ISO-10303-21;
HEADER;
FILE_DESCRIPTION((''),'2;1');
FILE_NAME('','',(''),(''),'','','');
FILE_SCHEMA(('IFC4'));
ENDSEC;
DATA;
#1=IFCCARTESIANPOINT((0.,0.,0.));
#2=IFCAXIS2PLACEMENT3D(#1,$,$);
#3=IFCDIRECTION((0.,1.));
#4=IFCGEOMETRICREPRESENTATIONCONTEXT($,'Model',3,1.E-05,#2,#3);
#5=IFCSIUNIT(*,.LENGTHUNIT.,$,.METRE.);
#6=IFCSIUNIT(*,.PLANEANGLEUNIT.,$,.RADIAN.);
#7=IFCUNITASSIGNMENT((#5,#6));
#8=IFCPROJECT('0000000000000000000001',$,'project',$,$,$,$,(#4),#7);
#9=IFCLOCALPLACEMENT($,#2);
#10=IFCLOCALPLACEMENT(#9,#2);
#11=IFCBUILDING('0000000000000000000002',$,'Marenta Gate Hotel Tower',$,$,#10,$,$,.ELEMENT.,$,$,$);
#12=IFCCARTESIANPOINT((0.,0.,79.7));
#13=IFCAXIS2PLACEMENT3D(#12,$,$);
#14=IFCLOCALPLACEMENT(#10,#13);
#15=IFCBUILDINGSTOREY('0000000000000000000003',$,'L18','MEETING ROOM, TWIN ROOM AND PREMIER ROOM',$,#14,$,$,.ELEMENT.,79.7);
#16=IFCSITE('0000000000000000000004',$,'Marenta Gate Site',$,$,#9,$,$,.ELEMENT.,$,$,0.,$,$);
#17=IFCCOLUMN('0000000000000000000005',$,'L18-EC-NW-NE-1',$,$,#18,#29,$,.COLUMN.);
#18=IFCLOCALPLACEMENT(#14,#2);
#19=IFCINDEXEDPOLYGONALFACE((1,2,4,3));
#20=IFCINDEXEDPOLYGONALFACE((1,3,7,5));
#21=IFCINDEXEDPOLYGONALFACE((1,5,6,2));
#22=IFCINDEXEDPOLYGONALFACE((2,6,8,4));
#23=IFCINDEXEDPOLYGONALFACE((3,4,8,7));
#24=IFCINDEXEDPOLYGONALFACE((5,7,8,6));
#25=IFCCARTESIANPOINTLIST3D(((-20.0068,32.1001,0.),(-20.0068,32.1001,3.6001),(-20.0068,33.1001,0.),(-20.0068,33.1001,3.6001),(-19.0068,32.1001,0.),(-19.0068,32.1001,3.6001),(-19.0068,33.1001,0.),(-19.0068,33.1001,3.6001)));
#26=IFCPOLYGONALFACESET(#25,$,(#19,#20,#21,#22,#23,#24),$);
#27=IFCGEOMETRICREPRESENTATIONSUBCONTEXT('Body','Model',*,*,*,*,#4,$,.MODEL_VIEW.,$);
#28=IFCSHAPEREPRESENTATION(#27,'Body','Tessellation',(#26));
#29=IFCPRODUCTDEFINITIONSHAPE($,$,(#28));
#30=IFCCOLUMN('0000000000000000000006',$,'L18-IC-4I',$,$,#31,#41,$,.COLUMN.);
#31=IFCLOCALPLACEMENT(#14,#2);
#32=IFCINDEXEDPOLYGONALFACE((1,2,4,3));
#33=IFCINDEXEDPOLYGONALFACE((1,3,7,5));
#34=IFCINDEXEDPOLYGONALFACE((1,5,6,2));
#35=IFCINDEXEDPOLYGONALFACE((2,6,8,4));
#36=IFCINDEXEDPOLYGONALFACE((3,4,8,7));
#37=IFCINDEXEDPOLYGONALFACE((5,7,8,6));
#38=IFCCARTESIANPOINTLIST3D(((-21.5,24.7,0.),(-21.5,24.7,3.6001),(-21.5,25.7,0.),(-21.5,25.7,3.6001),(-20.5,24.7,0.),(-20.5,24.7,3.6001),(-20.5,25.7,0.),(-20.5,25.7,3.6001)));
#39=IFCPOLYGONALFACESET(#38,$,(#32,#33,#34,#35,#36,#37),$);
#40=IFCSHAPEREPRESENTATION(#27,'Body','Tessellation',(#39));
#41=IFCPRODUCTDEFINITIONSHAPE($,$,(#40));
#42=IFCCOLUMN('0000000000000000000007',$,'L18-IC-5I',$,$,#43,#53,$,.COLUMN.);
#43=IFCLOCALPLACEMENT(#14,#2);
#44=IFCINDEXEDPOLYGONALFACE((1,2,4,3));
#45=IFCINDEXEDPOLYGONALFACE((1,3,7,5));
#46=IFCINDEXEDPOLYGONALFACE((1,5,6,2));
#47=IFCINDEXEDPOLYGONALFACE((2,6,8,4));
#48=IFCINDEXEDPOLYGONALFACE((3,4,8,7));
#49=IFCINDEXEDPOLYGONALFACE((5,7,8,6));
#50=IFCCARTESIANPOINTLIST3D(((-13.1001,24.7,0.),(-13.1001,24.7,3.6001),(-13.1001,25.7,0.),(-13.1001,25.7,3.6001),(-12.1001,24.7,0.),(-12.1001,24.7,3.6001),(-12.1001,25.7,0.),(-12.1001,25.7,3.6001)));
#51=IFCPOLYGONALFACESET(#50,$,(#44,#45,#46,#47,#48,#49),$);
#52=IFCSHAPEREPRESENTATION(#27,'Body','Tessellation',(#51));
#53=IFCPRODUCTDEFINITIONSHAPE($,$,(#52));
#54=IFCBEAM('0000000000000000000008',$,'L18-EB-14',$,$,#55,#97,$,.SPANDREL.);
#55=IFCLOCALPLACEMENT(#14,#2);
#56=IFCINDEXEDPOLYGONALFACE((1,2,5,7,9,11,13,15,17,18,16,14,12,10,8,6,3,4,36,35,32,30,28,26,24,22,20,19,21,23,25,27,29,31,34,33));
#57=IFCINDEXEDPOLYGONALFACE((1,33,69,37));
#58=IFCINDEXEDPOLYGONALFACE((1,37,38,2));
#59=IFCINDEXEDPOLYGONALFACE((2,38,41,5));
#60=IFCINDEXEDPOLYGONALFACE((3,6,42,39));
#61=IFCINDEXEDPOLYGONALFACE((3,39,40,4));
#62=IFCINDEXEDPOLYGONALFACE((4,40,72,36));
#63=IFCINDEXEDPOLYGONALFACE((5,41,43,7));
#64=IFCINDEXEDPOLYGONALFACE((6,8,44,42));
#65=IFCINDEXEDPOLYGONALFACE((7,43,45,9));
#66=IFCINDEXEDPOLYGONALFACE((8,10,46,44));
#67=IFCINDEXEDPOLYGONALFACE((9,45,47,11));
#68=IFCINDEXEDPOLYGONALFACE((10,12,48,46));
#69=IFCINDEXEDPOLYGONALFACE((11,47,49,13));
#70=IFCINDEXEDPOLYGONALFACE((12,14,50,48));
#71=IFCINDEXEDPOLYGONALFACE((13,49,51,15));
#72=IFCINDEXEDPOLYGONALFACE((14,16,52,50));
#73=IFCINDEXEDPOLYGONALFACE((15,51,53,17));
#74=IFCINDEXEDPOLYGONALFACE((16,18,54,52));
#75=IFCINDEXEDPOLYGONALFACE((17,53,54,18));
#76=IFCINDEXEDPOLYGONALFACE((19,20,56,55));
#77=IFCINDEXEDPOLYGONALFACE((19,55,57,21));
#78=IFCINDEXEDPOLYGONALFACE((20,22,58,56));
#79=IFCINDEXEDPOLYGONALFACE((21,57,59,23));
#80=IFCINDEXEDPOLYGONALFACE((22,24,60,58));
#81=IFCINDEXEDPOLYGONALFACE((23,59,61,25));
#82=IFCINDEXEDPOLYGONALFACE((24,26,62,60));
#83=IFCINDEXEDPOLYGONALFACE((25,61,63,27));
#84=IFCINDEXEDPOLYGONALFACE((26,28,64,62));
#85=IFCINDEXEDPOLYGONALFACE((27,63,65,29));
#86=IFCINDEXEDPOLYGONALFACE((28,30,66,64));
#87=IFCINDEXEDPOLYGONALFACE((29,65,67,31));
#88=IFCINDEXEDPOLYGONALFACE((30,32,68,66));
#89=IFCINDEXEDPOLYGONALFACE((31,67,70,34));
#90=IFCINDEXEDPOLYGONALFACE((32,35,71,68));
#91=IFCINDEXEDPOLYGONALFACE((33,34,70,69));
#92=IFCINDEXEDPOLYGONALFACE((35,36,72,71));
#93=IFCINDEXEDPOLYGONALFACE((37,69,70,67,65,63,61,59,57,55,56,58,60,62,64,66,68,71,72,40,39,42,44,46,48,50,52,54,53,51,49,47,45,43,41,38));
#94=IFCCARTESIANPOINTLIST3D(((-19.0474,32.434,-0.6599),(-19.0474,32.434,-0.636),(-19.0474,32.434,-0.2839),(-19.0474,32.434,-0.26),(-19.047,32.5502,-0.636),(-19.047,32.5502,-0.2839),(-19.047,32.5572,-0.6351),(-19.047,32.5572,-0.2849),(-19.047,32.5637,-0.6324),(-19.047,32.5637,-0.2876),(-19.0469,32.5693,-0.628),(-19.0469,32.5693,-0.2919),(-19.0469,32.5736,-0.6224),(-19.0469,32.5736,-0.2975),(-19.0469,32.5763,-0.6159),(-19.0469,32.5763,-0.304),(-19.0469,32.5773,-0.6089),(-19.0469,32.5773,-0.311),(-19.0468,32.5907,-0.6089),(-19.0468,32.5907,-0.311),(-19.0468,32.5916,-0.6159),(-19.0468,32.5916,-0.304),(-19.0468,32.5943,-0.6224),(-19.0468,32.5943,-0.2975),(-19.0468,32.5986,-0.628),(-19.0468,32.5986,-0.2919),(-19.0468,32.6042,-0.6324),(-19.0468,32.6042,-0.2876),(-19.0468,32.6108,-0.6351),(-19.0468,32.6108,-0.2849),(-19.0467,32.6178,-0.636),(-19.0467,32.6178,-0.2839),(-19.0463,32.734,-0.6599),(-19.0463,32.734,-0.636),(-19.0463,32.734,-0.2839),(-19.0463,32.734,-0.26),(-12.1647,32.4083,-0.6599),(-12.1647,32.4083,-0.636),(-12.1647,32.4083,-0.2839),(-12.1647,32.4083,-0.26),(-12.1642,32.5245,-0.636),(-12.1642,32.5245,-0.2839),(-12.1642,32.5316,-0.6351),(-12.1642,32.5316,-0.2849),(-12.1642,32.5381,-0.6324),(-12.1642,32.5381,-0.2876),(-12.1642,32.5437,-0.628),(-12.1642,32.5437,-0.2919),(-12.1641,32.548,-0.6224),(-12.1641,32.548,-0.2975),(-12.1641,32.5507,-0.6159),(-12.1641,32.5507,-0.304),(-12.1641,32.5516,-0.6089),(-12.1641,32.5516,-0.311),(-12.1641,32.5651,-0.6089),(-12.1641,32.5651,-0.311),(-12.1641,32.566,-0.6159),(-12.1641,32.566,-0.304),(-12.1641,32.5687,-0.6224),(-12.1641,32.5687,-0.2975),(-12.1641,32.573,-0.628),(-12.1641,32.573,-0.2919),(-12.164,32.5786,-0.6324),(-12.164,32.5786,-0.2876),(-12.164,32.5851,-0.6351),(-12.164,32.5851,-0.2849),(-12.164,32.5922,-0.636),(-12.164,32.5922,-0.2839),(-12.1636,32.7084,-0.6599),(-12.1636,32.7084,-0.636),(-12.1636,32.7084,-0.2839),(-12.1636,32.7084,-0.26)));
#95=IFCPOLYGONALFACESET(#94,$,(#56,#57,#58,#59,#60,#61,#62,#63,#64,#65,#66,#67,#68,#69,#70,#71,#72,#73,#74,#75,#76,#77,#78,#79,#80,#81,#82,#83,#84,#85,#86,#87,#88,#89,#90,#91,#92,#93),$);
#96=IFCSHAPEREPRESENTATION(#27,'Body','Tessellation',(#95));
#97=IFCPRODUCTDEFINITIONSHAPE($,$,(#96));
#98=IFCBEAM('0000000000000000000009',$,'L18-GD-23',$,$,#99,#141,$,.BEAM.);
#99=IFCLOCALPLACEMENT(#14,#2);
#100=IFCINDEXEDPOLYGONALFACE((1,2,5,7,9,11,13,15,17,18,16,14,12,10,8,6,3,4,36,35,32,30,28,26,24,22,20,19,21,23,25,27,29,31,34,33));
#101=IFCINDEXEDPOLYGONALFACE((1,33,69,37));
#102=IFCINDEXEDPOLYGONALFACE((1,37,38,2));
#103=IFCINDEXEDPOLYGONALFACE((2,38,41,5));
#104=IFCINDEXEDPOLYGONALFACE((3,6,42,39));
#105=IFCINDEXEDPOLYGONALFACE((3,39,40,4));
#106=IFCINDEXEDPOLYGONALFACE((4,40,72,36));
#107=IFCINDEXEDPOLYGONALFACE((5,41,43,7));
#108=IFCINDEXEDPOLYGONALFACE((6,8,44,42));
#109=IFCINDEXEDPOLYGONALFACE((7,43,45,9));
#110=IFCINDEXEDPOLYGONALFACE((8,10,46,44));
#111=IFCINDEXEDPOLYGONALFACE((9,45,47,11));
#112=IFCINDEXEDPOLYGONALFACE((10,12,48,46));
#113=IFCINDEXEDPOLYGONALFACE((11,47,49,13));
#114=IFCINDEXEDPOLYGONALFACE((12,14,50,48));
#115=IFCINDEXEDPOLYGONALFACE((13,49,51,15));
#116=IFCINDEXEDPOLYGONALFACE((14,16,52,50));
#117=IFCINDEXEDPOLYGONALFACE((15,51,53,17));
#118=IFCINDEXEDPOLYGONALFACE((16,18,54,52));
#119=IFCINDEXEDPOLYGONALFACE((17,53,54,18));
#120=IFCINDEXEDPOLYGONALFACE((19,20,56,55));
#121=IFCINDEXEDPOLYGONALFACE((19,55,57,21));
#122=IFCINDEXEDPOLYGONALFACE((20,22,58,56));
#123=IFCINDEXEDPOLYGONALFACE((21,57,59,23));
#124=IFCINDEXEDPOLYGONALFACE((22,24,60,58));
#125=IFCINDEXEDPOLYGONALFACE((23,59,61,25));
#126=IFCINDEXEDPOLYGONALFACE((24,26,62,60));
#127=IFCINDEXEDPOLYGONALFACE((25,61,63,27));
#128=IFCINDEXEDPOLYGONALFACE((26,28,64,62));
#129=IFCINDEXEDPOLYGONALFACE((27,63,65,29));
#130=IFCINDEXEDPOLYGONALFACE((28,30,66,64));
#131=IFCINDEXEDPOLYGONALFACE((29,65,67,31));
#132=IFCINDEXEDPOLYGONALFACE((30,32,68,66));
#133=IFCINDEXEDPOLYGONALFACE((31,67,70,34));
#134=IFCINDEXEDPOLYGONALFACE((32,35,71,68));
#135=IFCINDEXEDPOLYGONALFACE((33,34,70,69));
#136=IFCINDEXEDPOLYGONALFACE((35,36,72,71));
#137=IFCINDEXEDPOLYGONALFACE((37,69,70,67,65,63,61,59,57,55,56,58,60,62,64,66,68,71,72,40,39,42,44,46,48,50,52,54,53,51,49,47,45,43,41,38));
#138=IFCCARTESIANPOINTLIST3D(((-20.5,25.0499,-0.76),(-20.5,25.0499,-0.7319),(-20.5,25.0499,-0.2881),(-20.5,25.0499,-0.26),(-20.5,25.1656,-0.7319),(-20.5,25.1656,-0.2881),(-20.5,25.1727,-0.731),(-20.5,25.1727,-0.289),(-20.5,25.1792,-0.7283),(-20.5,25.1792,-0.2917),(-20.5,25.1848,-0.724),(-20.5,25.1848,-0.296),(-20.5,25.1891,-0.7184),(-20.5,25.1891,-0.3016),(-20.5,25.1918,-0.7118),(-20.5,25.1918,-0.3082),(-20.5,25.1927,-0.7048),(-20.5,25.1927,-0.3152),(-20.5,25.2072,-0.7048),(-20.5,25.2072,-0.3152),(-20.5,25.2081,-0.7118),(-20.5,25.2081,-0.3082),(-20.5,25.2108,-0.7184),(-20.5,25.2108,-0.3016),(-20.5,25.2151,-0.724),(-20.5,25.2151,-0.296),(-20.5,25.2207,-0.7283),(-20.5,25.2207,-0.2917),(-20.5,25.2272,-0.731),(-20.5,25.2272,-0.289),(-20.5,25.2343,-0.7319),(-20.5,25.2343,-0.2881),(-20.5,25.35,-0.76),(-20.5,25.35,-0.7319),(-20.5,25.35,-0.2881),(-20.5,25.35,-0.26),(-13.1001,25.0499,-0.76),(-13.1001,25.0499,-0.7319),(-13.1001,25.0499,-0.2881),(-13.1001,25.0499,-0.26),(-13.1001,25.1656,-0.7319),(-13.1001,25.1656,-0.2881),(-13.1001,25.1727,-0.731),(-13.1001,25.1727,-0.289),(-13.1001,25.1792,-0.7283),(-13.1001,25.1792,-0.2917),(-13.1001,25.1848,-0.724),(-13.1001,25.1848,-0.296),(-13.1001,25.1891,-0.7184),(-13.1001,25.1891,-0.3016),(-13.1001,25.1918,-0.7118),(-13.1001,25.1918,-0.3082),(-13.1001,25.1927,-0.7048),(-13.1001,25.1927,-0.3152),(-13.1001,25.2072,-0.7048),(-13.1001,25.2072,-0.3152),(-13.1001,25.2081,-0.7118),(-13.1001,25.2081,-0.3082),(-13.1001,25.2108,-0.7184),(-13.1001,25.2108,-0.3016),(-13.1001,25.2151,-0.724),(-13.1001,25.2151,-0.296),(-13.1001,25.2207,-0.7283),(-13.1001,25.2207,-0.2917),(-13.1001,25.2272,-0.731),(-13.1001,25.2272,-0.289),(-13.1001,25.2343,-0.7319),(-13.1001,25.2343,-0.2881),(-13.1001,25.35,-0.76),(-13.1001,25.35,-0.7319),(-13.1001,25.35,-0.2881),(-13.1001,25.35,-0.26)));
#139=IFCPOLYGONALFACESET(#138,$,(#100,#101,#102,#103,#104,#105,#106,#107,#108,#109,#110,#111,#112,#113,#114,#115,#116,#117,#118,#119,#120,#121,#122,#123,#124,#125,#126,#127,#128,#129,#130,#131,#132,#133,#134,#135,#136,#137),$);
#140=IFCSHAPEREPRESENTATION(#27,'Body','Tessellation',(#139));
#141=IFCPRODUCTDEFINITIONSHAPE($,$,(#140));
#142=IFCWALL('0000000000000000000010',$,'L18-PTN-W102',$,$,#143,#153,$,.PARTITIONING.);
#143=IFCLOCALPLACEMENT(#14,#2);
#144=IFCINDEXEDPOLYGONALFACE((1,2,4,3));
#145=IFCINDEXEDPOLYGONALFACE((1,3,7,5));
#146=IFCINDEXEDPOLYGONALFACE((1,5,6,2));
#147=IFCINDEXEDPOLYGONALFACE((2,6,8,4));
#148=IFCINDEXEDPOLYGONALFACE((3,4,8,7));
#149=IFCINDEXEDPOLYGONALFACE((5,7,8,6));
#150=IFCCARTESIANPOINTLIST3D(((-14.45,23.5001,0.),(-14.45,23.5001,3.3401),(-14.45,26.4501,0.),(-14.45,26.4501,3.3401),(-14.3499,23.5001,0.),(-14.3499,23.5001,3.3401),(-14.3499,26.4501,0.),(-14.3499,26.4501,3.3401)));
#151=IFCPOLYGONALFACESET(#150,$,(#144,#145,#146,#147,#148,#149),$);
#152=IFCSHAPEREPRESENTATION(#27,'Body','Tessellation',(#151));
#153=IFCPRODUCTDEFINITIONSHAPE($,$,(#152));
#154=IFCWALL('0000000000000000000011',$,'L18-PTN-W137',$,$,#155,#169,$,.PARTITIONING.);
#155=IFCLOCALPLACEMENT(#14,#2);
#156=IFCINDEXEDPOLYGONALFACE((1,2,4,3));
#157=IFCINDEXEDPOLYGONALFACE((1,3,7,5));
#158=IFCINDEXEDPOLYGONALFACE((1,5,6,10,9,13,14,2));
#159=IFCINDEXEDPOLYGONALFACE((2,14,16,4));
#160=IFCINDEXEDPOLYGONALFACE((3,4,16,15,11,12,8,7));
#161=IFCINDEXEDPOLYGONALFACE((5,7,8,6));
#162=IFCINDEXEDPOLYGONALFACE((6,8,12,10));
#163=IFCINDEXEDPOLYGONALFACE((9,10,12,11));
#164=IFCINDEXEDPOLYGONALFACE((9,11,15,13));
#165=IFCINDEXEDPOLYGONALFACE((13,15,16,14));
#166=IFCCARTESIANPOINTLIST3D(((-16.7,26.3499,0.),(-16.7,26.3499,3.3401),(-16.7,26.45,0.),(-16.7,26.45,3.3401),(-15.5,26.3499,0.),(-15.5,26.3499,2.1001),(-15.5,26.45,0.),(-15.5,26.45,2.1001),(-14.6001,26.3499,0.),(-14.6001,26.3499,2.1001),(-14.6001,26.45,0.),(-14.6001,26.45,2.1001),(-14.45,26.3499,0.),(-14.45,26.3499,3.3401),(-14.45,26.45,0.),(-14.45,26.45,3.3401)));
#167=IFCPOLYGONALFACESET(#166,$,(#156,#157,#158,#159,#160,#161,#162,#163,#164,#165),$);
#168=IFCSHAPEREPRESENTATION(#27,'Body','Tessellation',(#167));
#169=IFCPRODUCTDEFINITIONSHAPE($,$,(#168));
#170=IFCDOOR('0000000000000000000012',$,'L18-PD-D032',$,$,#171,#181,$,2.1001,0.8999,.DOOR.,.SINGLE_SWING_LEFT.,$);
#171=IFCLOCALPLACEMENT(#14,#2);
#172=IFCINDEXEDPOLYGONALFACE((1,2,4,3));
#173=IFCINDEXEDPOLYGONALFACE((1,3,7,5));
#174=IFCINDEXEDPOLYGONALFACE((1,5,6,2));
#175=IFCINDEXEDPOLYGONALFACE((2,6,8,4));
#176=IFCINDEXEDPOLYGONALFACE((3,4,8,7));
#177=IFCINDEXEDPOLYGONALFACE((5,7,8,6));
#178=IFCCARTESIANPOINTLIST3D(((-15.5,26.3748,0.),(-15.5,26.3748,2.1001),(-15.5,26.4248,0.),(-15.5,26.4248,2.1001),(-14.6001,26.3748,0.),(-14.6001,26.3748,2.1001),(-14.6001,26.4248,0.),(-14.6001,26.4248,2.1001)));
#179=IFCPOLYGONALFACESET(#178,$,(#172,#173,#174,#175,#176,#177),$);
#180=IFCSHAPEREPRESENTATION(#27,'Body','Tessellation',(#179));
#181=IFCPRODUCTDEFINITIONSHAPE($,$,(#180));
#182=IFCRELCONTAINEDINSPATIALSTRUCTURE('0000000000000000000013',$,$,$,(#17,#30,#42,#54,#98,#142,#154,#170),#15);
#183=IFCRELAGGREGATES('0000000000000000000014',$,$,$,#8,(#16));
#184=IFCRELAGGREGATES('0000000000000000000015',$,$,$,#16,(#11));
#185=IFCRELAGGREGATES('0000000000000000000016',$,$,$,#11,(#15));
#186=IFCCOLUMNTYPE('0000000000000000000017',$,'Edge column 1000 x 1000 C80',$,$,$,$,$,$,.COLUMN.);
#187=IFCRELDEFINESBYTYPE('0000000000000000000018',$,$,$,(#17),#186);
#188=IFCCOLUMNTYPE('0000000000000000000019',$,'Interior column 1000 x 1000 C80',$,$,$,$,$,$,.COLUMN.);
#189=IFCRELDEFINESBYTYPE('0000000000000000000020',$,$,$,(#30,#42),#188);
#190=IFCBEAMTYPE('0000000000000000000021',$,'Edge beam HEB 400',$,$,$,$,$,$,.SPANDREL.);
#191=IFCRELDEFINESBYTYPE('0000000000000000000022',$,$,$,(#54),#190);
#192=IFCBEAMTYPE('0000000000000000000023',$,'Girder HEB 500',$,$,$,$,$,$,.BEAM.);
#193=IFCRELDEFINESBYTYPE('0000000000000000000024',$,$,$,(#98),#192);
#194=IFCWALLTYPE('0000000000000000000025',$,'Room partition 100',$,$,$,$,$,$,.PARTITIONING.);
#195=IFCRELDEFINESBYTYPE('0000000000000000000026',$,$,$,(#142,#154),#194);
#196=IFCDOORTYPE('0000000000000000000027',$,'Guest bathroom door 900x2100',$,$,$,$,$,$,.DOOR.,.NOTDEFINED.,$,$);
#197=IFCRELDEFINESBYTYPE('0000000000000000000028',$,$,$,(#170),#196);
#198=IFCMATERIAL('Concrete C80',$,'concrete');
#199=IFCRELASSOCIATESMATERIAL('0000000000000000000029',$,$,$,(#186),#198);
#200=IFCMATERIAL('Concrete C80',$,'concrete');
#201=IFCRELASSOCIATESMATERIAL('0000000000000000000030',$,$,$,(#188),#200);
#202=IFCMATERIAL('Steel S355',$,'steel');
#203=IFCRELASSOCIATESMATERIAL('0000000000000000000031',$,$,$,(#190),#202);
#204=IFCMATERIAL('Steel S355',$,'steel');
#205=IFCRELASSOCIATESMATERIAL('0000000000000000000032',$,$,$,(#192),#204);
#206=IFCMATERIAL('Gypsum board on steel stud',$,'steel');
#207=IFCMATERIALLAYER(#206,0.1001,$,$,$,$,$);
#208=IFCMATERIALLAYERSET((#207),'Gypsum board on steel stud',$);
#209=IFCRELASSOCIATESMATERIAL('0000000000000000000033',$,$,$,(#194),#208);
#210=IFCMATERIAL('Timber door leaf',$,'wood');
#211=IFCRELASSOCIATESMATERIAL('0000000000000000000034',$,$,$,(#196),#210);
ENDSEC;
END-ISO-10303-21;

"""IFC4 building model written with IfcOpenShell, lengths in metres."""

from ifc_helpers import new_model, si_unit, direction, frame, frame_2d, origin, origin_2d, place, context, subcontext, project, spatial, rectangle, i_section, extrude, material, layer, layer_set, material_profile, profile_set, type_object, element, fill, save


model = new_model("IFC4")

# Units and contexts
model_context = context("Model", 3, precision=1e-05, world=origin(), true_north=direction((0.0, 1.0)))
body_context = subcontext(model_context, "Body", "Model", "MODEL_VIEW")
ifc_project = project(units=[si_unit("LENGTHUNIT", "METRE"), si_unit("PLANEANGLEUNIT", "RADIAN")], contexts=[model_context])

# Site, building, storey
site_placement = place(None, origin())
site = spatial("IfcSite", under=ifc_project, at=site_placement, Name="Marenta Gate Site", CompositionType="ELEMENT", RefElevation=0.0)
building_placement = place(site_placement, origin())
building = spatial("IfcBuilding", under=site, at=building_placement, Name="Marenta Gate Hotel Tower", CompositionType="ELEMENT")
storey_placement = place(building_placement, frame((0.0, 0.0, 79.7)))
storey = spatial("IfcBuildingStorey", under=building, at=storey_placement, Name="L18", Description="MEETING ROOM, TWIN ROOM AND PREMIER ROOM", CompositionType="ELEMENT", Elevation=79.7)

# Columns
ifc_material_1 = material(Name="Concrete C80", Category="concrete")
ifc_material_profile_1 = material_profile(ifc_material_1, rectangle(XDim=1.0, YDim=1.0, at=origin_2d()), Name="1000 x 1000")
ifc_profile_set_1 = profile_set([ifc_material_profile_1], Name="Concrete C80")
column_type_1 = type_object("IfcColumnType", Name="Edge column 1000 x 1000 C80", PredefinedType="COLUMN", material=ifc_profile_set_1)
column_placement = place(storey_placement, frame((-19.5068, 32.6001, 0.0), z_axis=(0.0, 0.0, 1.0), x_axis=(1.0, 0.0, 0.0)))
element("IfcColumn", 1, at=column_placement, inside=storey, type_object=column_type_1, Name="L18-EC-NW-NE-1", PredefinedType="COLUMN", context=body_context, shape_type="SweptSolid", body=[
    extrude(rectangle(XDim=1.0, YDim=1.0, at=origin_2d()), origin(), (0.0, 0.0, 1.0), 3.6001),
])
ifc_material_2 = material(Name="Concrete C80", Category="concrete")
ifc_material_profile_2 = material_profile(ifc_material_2, rectangle(XDim=1.0, YDim=1.0, at=origin_2d()), Name="1000 x 1000")
ifc_profile_set_2 = profile_set([ifc_material_profile_2], Name="Concrete C80")
column_type_2 = type_object("IfcColumnType", Name="Interior column 1000 x 1000 C80", PredefinedType="COLUMN", material=ifc_profile_set_2)
for number, where, z_axis, x_axis, name in (
    (2, (-21.0, 25.2, 0.0), (0.0, 0.0, 1.0), (1.0, 0.0, 0.0), "L18-IC-4I"),
    (3, (-12.6001, 25.2, 0.0), (0.0, 0.0, 1.0), (1.0, 0.0, 0.0), "L18-IC-5I"),
):
    element("IfcColumn", number, at=place(storey_placement, frame(where, z_axis=z_axis, x_axis=x_axis)), inside=storey, type_object=column_type_2, Name=name, PredefinedType="COLUMN", context=body_context, shape_type="SweptSolid", body=[
        extrude(rectangle(XDim=1.0, YDim=1.0, at=origin_2d()), origin(), (0.0, 0.0, 1.0), 3.6001),
    ])

# Beams
ifc_material_3 = material(Name="Steel S355", Category="steel")
ifc_material_profile_3 = material_profile(ifc_material_3, i_section(OverallWidth=0.3, OverallDepth=0.3999, WebThickness=0.0134, FlangeThickness=0.0239, FilletRadius=0.0271, at=origin_2d()), Name="HEB 400")
ifc_profile_set_3 = profile_set([ifc_material_profile_3], Name="Steel S355")
beam_type_1 = type_object("IfcBeamType", Name="Edge beam HEB 400", PredefinedType="SPANDREL", material=ifc_profile_set_3)
beam_1_placement = place(storey_placement, frame((-19.0469, 32.584, -0.46), z_axis=(0.999993, -0.003724, 0.0), x_axis=(0.003724, 0.999993, 0.0)))
element("IfcBeam", 4, at=beam_1_placement, inside=storey, type_object=beam_type_1, Name="L18-EB-14", PredefinedType="SPANDREL", context=body_context, shape_type="SweptSolid", body=[
    extrude(i_section(OverallWidth=0.3, OverallDepth=0.3999, WebThickness=0.0134, FlangeThickness=0.0239, FilletRadius=0.0271, at=origin_2d()), origin(), (0.0, 0.0, 1.0), 6.8828),
])
ifc_material_4 = material(Name="Steel S355", Category="steel")
ifc_material_profile_4 = material_profile(ifc_material_4, i_section(OverallWidth=0.3, OverallDepth=0.5, WebThickness=0.0144, FlangeThickness=0.0281, FilletRadius=0.0271, at=origin_2d()), Name="HEB 500")
ifc_profile_set_4 = profile_set([ifc_material_profile_4], Name="Steel S355")
beam_type_2 = type_object("IfcBeamType", Name="Girder HEB 500", PredefinedType="BEAM", material=ifc_profile_set_4)
beam_2_placement = place(storey_placement, frame((-20.5, 25.2, -0.51), z_axis=(1.0, 0.0, 0.0), x_axis=(0.0, 1.0, 0.0)))
element("IfcBeam", 5, at=beam_2_placement, inside=storey, type_object=beam_type_2, Name="L18-GD-23", PredefinedType="BEAM", context=body_context, shape_type="SweptSolid", body=[
    extrude(i_section(OverallWidth=0.3, OverallDepth=0.5, WebThickness=0.0144, FlangeThickness=0.0281, FilletRadius=0.0271, at=origin_2d()), origin(), (0.0, 0.0, 1.0), 7.3999),
])

# Wall
ifc_material_5 = material(Name="Gypsum board on steel stud", Category="steel")
ifc_layer_1 = layer(ifc_material_5, 0.1001)
ifc_layer_set_1 = layer_set([ifc_layer_1], Name="Gypsum board on steel stud")
wall_type_1 = type_object("IfcWallType", Name="Room partition 100", PredefinedType="PARTITIONING", material=ifc_layer_set_1)
wall_1_placement = place(storey_placement, frame((-14.3999, 23.5, 0.0), z_axis=(0.0, 0.0, 1.0), x_axis=(0.0, 1.0, 0.0)))
element("IfcWall", 6, at=wall_1_placement, inside=storey, type_object=wall_type_1, Name="L18-PTN-W102", PredefinedType="PARTITIONING", context=body_context, shape_type="SweptSolid", body=[
    extrude(rectangle(XDim=2.95, YDim=0.1001, at=frame_2d((1.4751, 0.0))), origin(), (0.0, 0.0, 1.0), 3.3401),
])

# Wall, opening, door
wall_2_placement = place(storey_placement, frame((-16.7, 26.3999, 0.0), z_axis=(0.0, 0.0, 1.0), x_axis=(1.0, 0.0, 0.0)))
wall_2 = element("IfcWall", 7, at=wall_2_placement, inside=storey, type_object=wall_type_1, Name="L18-PTN-W137", PredefinedType="PARTITIONING", context=body_context, shape_type="SweptSolid", body=[
    extrude(rectangle(XDim=2.25, YDim=0.1001, at=frame_2d((1.125, 0.0))), origin(), (0.0, 0.0, 1.0), 3.3401),
])
opening_placement = place(wall_2_placement, frame((1.2, 0.0, 0.0)))
opening = element("IfcOpeningElement", 8, at=opening_placement, cuts=wall_2, PredefinedType="OPENING", context=body_context, shape_type="SweptSolid", body=[
    extrude(rectangle(XDim=0.8999, YDim=2.1001, at=frame_2d((0.45, 1.05))), frame((0.0, 0.05, 0.0), z_axis=(0.0, -1.0, 0.0), x_axis=(1.0, 0.0, 0.0)), (0.0, 0.0, 1.0), 0.1001),
])
ifc_material_6 = material(Name="Timber door leaf", Category="wood")
door_type = type_object("IfcDoorType", Name="Guest bathroom door 900x2100", OperationType="NOTDEFINED", PredefinedType="DOOR", material=ifc_material_6)
door_placement = place(opening_placement, origin())
door = element("IfcDoor", 9, at=door_placement, inside=storey, type_object=door_type, Name="L18-PD-D032", OperationType="SINGLE_SWING_LEFT", OverallHeight=2.1001, OverallWidth=0.8999, PredefinedType="DOOR", context=body_context, shape_type="SweptSolid", body=[
    extrude(rectangle(XDim=0.8999, YDim=2.1001, at=frame_2d((0.45, 1.05))), frame((0.0, 0.0249, 0.0), z_axis=(0.0, -1.0, 0.0), x_axis=(1.0, 0.0, 0.0)), (0.0, 0.0, 1.0), 0.05),
])
fill(opening, door)

save(model, "model.ifc")
